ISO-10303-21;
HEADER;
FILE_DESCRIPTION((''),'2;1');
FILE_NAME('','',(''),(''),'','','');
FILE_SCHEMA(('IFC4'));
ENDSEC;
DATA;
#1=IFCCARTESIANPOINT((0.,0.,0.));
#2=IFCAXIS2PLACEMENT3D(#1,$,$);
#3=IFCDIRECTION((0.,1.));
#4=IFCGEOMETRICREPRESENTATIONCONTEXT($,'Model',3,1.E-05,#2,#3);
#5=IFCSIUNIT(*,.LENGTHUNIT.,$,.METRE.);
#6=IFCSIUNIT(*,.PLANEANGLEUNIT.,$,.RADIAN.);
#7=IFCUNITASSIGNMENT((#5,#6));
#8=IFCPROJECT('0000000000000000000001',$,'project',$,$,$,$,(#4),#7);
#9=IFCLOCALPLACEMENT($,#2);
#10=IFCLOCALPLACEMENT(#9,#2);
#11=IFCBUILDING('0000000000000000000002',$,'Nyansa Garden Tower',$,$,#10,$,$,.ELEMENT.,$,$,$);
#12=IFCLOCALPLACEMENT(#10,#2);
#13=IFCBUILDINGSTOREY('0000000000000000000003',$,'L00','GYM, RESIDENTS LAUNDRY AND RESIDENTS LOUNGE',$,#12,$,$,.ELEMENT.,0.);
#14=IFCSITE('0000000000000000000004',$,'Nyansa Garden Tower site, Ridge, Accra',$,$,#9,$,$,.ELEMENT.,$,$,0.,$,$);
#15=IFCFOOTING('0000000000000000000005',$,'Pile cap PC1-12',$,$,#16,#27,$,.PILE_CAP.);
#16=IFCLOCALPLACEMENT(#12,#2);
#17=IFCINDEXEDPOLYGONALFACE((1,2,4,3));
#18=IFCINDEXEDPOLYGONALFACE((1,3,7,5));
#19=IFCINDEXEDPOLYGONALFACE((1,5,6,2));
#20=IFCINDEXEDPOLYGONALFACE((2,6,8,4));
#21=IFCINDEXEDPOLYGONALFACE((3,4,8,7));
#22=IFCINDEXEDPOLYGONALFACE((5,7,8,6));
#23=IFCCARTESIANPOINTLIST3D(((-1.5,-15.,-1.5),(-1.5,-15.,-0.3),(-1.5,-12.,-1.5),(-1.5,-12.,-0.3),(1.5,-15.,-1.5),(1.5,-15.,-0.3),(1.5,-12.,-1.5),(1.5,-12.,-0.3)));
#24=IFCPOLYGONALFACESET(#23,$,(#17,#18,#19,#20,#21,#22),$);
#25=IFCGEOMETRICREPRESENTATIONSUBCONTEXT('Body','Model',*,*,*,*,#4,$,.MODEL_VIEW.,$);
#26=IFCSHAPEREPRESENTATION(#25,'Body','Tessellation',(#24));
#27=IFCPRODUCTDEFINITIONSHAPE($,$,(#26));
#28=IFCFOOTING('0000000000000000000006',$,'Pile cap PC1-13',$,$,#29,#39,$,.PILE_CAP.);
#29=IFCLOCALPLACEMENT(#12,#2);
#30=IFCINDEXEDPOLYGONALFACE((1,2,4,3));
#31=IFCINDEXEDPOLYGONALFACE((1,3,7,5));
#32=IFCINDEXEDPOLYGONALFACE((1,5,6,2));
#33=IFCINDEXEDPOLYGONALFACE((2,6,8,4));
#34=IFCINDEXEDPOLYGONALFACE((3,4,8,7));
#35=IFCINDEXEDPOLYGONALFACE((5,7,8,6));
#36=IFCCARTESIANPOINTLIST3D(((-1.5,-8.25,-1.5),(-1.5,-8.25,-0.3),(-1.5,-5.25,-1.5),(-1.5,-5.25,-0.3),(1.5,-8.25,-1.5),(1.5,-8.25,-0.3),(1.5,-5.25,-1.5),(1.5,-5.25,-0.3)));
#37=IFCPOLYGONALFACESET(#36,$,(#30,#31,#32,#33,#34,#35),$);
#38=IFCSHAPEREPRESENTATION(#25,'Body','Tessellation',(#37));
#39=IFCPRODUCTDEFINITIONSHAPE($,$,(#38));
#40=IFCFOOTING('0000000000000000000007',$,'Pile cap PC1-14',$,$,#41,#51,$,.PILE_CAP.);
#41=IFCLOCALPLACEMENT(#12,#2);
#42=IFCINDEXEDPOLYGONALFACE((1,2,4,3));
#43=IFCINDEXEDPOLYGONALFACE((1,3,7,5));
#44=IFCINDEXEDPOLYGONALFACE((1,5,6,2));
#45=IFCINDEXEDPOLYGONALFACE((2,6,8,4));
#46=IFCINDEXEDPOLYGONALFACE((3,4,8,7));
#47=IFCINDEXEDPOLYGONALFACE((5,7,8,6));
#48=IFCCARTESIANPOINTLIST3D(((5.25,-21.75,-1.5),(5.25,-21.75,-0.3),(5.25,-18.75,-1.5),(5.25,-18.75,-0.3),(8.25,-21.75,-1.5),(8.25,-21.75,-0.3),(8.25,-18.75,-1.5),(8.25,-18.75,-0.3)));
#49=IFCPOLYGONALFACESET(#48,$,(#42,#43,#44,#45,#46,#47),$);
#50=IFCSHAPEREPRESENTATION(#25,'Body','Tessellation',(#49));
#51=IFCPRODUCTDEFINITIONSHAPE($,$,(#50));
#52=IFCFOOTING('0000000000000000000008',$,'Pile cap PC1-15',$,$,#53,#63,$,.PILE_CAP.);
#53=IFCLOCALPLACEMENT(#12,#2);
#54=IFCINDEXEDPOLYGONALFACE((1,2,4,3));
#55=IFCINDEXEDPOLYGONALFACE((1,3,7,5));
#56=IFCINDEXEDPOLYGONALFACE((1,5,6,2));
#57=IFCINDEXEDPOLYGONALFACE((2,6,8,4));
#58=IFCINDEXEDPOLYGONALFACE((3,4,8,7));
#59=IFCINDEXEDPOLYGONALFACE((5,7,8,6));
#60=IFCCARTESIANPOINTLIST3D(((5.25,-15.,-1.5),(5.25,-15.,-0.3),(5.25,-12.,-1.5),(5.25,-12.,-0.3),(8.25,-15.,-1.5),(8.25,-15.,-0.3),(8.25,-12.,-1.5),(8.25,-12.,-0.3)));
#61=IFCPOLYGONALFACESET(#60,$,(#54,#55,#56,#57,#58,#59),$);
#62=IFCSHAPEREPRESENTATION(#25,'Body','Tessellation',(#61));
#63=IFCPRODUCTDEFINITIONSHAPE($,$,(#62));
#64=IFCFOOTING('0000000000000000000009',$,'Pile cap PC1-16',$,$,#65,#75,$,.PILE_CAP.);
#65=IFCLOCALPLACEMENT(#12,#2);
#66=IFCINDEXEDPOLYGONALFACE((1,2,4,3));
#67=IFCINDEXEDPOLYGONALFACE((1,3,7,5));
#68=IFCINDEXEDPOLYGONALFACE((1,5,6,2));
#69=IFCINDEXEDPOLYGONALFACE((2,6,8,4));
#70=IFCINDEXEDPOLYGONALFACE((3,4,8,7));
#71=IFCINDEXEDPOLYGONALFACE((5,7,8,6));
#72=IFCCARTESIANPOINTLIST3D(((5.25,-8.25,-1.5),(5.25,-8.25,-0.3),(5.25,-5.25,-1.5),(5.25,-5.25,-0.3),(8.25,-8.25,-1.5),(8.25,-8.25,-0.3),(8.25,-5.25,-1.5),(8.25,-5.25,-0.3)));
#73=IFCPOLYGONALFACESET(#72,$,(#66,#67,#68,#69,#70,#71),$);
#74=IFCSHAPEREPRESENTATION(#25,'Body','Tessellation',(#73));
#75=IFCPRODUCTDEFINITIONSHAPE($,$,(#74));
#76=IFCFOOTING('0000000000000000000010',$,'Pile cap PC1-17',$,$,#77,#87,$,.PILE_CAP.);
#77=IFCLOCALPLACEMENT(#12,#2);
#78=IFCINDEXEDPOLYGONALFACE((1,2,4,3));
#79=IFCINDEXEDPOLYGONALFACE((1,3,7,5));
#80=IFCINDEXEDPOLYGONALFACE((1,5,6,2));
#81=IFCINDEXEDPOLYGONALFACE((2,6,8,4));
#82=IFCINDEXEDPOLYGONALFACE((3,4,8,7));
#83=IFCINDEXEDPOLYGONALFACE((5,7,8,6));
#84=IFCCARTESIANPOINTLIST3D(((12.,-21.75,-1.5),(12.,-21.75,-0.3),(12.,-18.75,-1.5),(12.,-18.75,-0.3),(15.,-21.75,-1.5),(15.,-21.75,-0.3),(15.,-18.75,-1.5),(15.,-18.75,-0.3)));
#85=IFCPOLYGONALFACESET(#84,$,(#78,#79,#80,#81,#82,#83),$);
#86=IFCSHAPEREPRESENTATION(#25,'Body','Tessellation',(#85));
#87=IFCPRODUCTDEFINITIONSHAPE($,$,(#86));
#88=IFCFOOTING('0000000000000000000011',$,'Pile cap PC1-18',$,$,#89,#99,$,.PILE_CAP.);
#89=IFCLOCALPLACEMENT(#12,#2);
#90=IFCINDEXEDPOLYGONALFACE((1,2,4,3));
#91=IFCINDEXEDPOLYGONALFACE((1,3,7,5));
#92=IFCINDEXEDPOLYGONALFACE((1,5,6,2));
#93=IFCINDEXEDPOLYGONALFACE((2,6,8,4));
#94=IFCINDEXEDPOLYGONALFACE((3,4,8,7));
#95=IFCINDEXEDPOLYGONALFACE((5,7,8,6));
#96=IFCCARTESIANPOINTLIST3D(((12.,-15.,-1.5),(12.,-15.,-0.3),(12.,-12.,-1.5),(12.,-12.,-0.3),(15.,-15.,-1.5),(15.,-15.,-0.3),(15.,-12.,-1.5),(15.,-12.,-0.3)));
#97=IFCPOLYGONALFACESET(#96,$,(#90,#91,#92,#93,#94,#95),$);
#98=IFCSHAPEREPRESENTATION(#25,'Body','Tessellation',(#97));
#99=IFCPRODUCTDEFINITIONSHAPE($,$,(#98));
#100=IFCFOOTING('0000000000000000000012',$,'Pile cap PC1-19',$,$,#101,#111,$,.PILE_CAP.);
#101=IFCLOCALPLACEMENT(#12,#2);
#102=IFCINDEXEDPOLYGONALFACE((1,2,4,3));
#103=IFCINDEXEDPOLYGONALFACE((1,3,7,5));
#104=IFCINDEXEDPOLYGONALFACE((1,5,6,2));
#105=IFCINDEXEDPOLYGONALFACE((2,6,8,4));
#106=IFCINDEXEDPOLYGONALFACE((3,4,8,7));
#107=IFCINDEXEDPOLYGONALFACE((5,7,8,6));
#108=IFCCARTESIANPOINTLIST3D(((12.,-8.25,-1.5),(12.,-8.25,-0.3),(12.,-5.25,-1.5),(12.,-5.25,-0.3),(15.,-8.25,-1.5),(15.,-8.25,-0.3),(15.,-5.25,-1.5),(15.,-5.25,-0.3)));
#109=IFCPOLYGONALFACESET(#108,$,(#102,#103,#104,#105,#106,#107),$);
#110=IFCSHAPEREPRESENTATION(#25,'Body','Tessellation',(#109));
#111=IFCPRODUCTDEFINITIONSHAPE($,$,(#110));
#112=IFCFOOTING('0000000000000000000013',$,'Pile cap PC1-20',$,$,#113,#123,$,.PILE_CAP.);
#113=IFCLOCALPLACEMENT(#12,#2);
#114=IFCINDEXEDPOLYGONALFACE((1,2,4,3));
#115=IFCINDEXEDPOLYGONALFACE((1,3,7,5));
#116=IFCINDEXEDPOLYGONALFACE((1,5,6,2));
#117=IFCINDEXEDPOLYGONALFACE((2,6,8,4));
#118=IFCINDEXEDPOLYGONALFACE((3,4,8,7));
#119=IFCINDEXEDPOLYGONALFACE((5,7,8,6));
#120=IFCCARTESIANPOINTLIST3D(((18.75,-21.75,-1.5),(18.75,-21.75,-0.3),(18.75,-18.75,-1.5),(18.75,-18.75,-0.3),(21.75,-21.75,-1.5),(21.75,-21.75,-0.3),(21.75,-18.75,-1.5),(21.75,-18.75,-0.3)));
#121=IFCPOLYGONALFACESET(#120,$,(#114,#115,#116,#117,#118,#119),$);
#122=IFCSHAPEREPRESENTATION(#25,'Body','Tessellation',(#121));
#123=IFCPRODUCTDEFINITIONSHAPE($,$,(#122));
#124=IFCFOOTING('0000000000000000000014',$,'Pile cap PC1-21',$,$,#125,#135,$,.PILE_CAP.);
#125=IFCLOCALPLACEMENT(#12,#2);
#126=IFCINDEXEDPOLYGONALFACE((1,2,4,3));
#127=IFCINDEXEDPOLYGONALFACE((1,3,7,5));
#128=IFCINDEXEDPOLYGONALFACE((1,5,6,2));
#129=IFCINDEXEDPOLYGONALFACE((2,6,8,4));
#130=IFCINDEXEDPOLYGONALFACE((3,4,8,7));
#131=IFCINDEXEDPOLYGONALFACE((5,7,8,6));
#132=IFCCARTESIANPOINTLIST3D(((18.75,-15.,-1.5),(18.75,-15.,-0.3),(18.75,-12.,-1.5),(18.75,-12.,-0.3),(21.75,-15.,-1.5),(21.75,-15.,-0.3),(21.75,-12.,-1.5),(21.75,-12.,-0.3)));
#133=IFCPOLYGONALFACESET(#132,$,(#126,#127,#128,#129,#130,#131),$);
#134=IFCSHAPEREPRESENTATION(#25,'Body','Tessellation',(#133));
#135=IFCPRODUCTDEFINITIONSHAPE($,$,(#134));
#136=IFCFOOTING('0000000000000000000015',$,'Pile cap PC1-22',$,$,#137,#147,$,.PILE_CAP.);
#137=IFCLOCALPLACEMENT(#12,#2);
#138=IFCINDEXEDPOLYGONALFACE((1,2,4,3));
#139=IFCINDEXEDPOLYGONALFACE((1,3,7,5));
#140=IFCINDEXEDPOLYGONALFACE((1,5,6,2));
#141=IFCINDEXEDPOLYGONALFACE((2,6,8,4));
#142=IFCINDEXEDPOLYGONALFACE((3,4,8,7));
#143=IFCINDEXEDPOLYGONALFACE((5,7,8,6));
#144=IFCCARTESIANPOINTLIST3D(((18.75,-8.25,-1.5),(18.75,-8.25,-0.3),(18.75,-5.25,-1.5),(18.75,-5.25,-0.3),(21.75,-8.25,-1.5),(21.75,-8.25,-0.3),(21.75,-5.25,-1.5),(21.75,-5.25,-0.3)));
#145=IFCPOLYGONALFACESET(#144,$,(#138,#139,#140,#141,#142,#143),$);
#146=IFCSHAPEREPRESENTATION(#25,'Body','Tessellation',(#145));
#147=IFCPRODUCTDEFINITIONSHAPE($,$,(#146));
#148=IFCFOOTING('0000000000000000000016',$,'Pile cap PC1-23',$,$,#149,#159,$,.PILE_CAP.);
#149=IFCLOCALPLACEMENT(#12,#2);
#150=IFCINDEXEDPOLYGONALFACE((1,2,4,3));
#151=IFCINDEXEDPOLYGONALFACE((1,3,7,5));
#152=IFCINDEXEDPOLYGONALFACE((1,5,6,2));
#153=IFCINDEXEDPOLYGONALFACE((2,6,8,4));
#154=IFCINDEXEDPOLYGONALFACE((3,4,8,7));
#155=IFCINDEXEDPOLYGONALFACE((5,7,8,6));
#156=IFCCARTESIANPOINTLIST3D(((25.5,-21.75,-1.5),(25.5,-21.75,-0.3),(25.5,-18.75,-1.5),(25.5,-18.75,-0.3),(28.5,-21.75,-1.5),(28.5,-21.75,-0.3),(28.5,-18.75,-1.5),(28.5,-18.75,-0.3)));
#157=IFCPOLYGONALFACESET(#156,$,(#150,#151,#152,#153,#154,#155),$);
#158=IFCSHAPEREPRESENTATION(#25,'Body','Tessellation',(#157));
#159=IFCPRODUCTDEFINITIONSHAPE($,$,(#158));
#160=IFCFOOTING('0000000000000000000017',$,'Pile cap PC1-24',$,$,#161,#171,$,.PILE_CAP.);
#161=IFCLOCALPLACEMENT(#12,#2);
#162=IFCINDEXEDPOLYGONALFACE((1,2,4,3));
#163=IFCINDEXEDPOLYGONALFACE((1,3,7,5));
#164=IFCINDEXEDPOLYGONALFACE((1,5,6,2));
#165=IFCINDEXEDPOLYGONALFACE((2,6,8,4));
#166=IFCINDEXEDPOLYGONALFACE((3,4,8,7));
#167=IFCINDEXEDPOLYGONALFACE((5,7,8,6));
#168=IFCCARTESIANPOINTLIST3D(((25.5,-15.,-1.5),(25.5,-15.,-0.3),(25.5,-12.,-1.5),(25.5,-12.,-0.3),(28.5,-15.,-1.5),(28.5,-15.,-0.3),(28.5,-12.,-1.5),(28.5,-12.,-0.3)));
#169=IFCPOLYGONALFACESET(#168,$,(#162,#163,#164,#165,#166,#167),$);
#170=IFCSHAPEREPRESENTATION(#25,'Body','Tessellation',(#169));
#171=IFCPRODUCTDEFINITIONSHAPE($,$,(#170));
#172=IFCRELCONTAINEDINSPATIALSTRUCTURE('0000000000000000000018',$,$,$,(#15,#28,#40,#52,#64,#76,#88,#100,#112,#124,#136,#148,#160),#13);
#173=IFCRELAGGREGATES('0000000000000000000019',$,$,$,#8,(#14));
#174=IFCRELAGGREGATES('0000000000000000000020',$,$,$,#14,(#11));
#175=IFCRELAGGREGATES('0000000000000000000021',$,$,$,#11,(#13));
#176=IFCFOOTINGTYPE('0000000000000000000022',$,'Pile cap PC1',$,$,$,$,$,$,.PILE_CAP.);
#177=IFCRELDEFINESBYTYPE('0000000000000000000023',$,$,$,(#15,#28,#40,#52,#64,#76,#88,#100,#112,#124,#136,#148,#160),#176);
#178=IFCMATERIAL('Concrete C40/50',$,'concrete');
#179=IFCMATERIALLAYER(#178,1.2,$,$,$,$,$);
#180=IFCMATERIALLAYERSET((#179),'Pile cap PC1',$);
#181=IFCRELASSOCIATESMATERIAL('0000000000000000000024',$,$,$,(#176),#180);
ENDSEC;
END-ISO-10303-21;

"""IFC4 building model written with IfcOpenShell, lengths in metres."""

from ifc_helpers import new_model, si_unit, direction, frame, origin, place, context, subcontext, project, spatial, polyline, outline, extrude, material, layer, layer_set, type_object, element, save


model = new_model("IFC4")

# Units and contexts
model_context = context("Model", 3, precision=1e-05, world=origin(), true_north=direction((0.0, 1.0)))
body_context = subcontext(model_context, "Body", "Model", "MODEL_VIEW")
ifc_project = project(units=[si_unit("LENGTHUNIT", "METRE"), si_unit("PLANEANGLEUNIT", "RADIAN")], contexts=[model_context])

# Site, building, storey
site_placement = place(None, origin())
site = spatial("IfcSite", under=ifc_project, at=site_placement, Name="Nyansa Garden Tower site, Ridge, Accra", CompositionType="ELEMENT", RefElevation=0.0)
building_placement = place(site_placement, origin())
building = spatial("IfcBuilding", under=site, at=building_placement, Name="Nyansa Garden Tower", CompositionType="ELEMENT")
storey_placement = place(building_placement, origin())
storey = spatial("IfcBuildingStorey", under=building, at=storey_placement, Name="L00", Description="GYM, RESIDENTS LAUNDRY AND RESIDENTS LOUNGE", CompositionType="ELEMENT", Elevation=0.0)

# Footings
ifc_material_1 = material(Name="Concrete C40/50", Category="concrete")
ifc_layer_1 = layer(ifc_material_1, 1.2)
ifc_layer_set_1 = layer_set([ifc_layer_1], Name="Pile cap PC1")
footing_type = type_object("IfcFootingType", Name="Pile cap PC1", PredefinedType="PILE_CAP", material=ifc_layer_set_1)
footing_1_placement = place(storey_placement, frame((0.0, 0.0, -1.5)))
element("IfcFooting", 1, at=footing_1_placement, inside=storey, type_object=footing_type, Name="Pile cap PC1-12", PredefinedType="PILE_CAP", context=body_context, shape_type="SweptSolid", body=[
    extrude(outline(polyline([(-1.5, -15.0), (1.5, -15.0), (1.5, -12.0), (-1.5, -12.0), (-1.5, -15.0)])), origin(), (0.0, 0.0, 1.0), 1.2),
])
footing_2_placement = place(storey_placement, frame((0.0, 0.0, -1.5)))
element("IfcFooting", 2, at=footing_2_placement, inside=storey, type_object=footing_type, Name="Pile cap PC1-13", PredefinedType="PILE_CAP", context=body_context, shape_type="SweptSolid", body=[
    extrude(outline(polyline([(-1.5, -8.25), (1.5, -8.25), (1.5, -5.25), (-1.5, -5.25), (-1.5, -8.25)])), origin(), (0.0, 0.0, 1.0), 1.2),
])
footing_3_placement = place(storey_placement, frame((0.0, 0.0, -1.5)))
element("IfcFooting", 3, at=footing_3_placement, inside=storey, type_object=footing_type, Name="Pile cap PC1-14", PredefinedType="PILE_CAP", context=body_context, shape_type="SweptSolid", body=[
    extrude(outline(polyline([(5.25, -21.75), (8.25, -21.75), (8.25, -18.75), (5.25, -18.75), (5.25, -21.75)])), origin(), (0.0, 0.0, 1.0), 1.2),
])
footing_4_placement = place(storey_placement, frame((0.0, 0.0, -1.5)))
element("IfcFooting", 4, at=footing_4_placement, inside=storey, type_object=footing_type, Name="Pile cap PC1-15", PredefinedType="PILE_CAP", context=body_context, shape_type="SweptSolid", body=[
    extrude(outline(polyline([(5.25, -15.0), (8.25, -15.0), (8.25, -12.0), (5.25, -12.0), (5.25, -15.0)])), origin(), (0.0, 0.0, 1.0), 1.2),
])
footing_5_placement = place(storey_placement, frame((0.0, 0.0, -1.5)))
element("IfcFooting", 5, at=footing_5_placement, inside=storey, type_object=footing_type, Name="Pile cap PC1-16", PredefinedType="PILE_CAP", context=body_context, shape_type="SweptSolid", body=[
    extrude(outline(polyline([(5.25, -8.25), (8.25, -8.25), (8.25, -5.25), (5.25, -5.25), (5.25, -8.25)])), origin(), (0.0, 0.0, 1.0), 1.2),
])
footing_6_placement = place(storey_placement, frame((0.0, 0.0, -1.5)))
element("IfcFooting", 6, at=footing_6_placement, inside=storey, type_object=footing_type, Name="Pile cap PC1-17", PredefinedType="PILE_CAP", context=body_context, shape_type="SweptSolid", body=[
    extrude(outline(polyline([(12.0, -21.75), (15.0, -21.75), (15.0, -18.75), (12.0, -18.75), (12.0, -21.75)])), origin(), (0.0, 0.0, 1.0), 1.2),
])
footing_7_placement = place(storey_placement, frame((0.0, 0.0, -1.5)))
element("IfcFooting", 7, at=footing_7_placement, inside=storey, type_object=footing_type, Name="Pile cap PC1-18", PredefinedType="PILE_CAP", context=body_context, shape_type="SweptSolid", body=[
    extrude(outline(polyline([(12.0, -15.0), (15.0, -15.0), (15.0, -12.0), (12.0, -12.0), (12.0, -15.0)])), origin(), (0.0, 0.0, 1.0), 1.2),
])
footing_8_placement = place(storey_placement, frame((0.0, 0.0, -1.5)))
element("IfcFooting", 8, at=footing_8_placement, inside=storey, type_object=footing_type, Name="Pile cap PC1-19", PredefinedType="PILE_CAP", context=body_context, shape_type="SweptSolid", body=[
    extrude(outline(polyline([(12.0, -8.25), (15.0, -8.25), (15.0, -5.25), (12.0, -5.25), (12.0, -8.25)])), origin(), (0.0, 0.0, 1.0), 1.2),
])
footing_9_placement = place(storey_placement, frame((0.0, 0.0, -1.5)))
element("IfcFooting", 9, at=footing_9_placement, inside=storey, type_object=footing_type, Name="Pile cap PC1-20", PredefinedType="PILE_CAP", context=body_context, shape_type="SweptSolid", body=[
    extrude(outline(polyline([(18.75, -21.75), (21.75, -21.75), (21.75, -18.75), (18.75, -18.75), (18.75, -21.75)])), origin(), (0.0, 0.0, 1.0), 1.2),
])
footing_10_placement = place(storey_placement, frame((0.0, 0.0, -1.5)))
element("IfcFooting", 10, at=footing_10_placement, inside=storey, type_object=footing_type, Name="Pile cap PC1-21", PredefinedType="PILE_CAP", context=body_context, shape_type="SweptSolid", body=[
    extrude(outline(polyline([(18.75, -15.0), (21.75, -15.0), (21.75, -12.0), (18.75, -12.0), (18.75, -15.0)])), origin(), (0.0, 0.0, 1.0), 1.2),
])
footing_11_placement = place(storey_placement, frame((0.0, 0.0, -1.5)))
element("IfcFooting", 11, at=footing_11_placement, inside=storey, type_object=footing_type, Name="Pile cap PC1-22", PredefinedType="PILE_CAP", context=body_context, shape_type="SweptSolid", body=[
    extrude(outline(polyline([(18.75, -8.25), (21.75, -8.25), (21.75, -5.25), (18.75, -5.25), (18.75, -8.25)])), origin(), (0.0, 0.0, 1.0), 1.2),
])
footing_12_placement = place(storey_placement, frame((0.0, 0.0, -1.5)))
element("IfcFooting", 12, at=footing_12_placement, inside=storey, type_object=footing_type, Name="Pile cap PC1-23", PredefinedType="PILE_CAP", context=body_context, shape_type="SweptSolid", body=[
    extrude(outline(polyline([(25.5, -21.75), (28.5, -21.75), (28.5, -18.75), (25.5, -18.75), (25.5, -21.75)])), origin(), (0.0, 0.0, 1.0), 1.2),
])
footing_13_placement = place(storey_placement, frame((0.0, 0.0, -1.5)))
element("IfcFooting", 13, at=footing_13_placement, inside=storey, type_object=footing_type, Name="Pile cap PC1-24", PredefinedType="PILE_CAP", context=body_context, shape_type="SweptSolid", body=[
    extrude(outline(polyline([(25.5, -15.0), (28.5, -15.0), (28.5, -12.0), (25.5, -12.0), (25.5, -15.0)])), origin(), (0.0, 0.0, 1.0), 1.2),
])

save(model, "model.ifc")
